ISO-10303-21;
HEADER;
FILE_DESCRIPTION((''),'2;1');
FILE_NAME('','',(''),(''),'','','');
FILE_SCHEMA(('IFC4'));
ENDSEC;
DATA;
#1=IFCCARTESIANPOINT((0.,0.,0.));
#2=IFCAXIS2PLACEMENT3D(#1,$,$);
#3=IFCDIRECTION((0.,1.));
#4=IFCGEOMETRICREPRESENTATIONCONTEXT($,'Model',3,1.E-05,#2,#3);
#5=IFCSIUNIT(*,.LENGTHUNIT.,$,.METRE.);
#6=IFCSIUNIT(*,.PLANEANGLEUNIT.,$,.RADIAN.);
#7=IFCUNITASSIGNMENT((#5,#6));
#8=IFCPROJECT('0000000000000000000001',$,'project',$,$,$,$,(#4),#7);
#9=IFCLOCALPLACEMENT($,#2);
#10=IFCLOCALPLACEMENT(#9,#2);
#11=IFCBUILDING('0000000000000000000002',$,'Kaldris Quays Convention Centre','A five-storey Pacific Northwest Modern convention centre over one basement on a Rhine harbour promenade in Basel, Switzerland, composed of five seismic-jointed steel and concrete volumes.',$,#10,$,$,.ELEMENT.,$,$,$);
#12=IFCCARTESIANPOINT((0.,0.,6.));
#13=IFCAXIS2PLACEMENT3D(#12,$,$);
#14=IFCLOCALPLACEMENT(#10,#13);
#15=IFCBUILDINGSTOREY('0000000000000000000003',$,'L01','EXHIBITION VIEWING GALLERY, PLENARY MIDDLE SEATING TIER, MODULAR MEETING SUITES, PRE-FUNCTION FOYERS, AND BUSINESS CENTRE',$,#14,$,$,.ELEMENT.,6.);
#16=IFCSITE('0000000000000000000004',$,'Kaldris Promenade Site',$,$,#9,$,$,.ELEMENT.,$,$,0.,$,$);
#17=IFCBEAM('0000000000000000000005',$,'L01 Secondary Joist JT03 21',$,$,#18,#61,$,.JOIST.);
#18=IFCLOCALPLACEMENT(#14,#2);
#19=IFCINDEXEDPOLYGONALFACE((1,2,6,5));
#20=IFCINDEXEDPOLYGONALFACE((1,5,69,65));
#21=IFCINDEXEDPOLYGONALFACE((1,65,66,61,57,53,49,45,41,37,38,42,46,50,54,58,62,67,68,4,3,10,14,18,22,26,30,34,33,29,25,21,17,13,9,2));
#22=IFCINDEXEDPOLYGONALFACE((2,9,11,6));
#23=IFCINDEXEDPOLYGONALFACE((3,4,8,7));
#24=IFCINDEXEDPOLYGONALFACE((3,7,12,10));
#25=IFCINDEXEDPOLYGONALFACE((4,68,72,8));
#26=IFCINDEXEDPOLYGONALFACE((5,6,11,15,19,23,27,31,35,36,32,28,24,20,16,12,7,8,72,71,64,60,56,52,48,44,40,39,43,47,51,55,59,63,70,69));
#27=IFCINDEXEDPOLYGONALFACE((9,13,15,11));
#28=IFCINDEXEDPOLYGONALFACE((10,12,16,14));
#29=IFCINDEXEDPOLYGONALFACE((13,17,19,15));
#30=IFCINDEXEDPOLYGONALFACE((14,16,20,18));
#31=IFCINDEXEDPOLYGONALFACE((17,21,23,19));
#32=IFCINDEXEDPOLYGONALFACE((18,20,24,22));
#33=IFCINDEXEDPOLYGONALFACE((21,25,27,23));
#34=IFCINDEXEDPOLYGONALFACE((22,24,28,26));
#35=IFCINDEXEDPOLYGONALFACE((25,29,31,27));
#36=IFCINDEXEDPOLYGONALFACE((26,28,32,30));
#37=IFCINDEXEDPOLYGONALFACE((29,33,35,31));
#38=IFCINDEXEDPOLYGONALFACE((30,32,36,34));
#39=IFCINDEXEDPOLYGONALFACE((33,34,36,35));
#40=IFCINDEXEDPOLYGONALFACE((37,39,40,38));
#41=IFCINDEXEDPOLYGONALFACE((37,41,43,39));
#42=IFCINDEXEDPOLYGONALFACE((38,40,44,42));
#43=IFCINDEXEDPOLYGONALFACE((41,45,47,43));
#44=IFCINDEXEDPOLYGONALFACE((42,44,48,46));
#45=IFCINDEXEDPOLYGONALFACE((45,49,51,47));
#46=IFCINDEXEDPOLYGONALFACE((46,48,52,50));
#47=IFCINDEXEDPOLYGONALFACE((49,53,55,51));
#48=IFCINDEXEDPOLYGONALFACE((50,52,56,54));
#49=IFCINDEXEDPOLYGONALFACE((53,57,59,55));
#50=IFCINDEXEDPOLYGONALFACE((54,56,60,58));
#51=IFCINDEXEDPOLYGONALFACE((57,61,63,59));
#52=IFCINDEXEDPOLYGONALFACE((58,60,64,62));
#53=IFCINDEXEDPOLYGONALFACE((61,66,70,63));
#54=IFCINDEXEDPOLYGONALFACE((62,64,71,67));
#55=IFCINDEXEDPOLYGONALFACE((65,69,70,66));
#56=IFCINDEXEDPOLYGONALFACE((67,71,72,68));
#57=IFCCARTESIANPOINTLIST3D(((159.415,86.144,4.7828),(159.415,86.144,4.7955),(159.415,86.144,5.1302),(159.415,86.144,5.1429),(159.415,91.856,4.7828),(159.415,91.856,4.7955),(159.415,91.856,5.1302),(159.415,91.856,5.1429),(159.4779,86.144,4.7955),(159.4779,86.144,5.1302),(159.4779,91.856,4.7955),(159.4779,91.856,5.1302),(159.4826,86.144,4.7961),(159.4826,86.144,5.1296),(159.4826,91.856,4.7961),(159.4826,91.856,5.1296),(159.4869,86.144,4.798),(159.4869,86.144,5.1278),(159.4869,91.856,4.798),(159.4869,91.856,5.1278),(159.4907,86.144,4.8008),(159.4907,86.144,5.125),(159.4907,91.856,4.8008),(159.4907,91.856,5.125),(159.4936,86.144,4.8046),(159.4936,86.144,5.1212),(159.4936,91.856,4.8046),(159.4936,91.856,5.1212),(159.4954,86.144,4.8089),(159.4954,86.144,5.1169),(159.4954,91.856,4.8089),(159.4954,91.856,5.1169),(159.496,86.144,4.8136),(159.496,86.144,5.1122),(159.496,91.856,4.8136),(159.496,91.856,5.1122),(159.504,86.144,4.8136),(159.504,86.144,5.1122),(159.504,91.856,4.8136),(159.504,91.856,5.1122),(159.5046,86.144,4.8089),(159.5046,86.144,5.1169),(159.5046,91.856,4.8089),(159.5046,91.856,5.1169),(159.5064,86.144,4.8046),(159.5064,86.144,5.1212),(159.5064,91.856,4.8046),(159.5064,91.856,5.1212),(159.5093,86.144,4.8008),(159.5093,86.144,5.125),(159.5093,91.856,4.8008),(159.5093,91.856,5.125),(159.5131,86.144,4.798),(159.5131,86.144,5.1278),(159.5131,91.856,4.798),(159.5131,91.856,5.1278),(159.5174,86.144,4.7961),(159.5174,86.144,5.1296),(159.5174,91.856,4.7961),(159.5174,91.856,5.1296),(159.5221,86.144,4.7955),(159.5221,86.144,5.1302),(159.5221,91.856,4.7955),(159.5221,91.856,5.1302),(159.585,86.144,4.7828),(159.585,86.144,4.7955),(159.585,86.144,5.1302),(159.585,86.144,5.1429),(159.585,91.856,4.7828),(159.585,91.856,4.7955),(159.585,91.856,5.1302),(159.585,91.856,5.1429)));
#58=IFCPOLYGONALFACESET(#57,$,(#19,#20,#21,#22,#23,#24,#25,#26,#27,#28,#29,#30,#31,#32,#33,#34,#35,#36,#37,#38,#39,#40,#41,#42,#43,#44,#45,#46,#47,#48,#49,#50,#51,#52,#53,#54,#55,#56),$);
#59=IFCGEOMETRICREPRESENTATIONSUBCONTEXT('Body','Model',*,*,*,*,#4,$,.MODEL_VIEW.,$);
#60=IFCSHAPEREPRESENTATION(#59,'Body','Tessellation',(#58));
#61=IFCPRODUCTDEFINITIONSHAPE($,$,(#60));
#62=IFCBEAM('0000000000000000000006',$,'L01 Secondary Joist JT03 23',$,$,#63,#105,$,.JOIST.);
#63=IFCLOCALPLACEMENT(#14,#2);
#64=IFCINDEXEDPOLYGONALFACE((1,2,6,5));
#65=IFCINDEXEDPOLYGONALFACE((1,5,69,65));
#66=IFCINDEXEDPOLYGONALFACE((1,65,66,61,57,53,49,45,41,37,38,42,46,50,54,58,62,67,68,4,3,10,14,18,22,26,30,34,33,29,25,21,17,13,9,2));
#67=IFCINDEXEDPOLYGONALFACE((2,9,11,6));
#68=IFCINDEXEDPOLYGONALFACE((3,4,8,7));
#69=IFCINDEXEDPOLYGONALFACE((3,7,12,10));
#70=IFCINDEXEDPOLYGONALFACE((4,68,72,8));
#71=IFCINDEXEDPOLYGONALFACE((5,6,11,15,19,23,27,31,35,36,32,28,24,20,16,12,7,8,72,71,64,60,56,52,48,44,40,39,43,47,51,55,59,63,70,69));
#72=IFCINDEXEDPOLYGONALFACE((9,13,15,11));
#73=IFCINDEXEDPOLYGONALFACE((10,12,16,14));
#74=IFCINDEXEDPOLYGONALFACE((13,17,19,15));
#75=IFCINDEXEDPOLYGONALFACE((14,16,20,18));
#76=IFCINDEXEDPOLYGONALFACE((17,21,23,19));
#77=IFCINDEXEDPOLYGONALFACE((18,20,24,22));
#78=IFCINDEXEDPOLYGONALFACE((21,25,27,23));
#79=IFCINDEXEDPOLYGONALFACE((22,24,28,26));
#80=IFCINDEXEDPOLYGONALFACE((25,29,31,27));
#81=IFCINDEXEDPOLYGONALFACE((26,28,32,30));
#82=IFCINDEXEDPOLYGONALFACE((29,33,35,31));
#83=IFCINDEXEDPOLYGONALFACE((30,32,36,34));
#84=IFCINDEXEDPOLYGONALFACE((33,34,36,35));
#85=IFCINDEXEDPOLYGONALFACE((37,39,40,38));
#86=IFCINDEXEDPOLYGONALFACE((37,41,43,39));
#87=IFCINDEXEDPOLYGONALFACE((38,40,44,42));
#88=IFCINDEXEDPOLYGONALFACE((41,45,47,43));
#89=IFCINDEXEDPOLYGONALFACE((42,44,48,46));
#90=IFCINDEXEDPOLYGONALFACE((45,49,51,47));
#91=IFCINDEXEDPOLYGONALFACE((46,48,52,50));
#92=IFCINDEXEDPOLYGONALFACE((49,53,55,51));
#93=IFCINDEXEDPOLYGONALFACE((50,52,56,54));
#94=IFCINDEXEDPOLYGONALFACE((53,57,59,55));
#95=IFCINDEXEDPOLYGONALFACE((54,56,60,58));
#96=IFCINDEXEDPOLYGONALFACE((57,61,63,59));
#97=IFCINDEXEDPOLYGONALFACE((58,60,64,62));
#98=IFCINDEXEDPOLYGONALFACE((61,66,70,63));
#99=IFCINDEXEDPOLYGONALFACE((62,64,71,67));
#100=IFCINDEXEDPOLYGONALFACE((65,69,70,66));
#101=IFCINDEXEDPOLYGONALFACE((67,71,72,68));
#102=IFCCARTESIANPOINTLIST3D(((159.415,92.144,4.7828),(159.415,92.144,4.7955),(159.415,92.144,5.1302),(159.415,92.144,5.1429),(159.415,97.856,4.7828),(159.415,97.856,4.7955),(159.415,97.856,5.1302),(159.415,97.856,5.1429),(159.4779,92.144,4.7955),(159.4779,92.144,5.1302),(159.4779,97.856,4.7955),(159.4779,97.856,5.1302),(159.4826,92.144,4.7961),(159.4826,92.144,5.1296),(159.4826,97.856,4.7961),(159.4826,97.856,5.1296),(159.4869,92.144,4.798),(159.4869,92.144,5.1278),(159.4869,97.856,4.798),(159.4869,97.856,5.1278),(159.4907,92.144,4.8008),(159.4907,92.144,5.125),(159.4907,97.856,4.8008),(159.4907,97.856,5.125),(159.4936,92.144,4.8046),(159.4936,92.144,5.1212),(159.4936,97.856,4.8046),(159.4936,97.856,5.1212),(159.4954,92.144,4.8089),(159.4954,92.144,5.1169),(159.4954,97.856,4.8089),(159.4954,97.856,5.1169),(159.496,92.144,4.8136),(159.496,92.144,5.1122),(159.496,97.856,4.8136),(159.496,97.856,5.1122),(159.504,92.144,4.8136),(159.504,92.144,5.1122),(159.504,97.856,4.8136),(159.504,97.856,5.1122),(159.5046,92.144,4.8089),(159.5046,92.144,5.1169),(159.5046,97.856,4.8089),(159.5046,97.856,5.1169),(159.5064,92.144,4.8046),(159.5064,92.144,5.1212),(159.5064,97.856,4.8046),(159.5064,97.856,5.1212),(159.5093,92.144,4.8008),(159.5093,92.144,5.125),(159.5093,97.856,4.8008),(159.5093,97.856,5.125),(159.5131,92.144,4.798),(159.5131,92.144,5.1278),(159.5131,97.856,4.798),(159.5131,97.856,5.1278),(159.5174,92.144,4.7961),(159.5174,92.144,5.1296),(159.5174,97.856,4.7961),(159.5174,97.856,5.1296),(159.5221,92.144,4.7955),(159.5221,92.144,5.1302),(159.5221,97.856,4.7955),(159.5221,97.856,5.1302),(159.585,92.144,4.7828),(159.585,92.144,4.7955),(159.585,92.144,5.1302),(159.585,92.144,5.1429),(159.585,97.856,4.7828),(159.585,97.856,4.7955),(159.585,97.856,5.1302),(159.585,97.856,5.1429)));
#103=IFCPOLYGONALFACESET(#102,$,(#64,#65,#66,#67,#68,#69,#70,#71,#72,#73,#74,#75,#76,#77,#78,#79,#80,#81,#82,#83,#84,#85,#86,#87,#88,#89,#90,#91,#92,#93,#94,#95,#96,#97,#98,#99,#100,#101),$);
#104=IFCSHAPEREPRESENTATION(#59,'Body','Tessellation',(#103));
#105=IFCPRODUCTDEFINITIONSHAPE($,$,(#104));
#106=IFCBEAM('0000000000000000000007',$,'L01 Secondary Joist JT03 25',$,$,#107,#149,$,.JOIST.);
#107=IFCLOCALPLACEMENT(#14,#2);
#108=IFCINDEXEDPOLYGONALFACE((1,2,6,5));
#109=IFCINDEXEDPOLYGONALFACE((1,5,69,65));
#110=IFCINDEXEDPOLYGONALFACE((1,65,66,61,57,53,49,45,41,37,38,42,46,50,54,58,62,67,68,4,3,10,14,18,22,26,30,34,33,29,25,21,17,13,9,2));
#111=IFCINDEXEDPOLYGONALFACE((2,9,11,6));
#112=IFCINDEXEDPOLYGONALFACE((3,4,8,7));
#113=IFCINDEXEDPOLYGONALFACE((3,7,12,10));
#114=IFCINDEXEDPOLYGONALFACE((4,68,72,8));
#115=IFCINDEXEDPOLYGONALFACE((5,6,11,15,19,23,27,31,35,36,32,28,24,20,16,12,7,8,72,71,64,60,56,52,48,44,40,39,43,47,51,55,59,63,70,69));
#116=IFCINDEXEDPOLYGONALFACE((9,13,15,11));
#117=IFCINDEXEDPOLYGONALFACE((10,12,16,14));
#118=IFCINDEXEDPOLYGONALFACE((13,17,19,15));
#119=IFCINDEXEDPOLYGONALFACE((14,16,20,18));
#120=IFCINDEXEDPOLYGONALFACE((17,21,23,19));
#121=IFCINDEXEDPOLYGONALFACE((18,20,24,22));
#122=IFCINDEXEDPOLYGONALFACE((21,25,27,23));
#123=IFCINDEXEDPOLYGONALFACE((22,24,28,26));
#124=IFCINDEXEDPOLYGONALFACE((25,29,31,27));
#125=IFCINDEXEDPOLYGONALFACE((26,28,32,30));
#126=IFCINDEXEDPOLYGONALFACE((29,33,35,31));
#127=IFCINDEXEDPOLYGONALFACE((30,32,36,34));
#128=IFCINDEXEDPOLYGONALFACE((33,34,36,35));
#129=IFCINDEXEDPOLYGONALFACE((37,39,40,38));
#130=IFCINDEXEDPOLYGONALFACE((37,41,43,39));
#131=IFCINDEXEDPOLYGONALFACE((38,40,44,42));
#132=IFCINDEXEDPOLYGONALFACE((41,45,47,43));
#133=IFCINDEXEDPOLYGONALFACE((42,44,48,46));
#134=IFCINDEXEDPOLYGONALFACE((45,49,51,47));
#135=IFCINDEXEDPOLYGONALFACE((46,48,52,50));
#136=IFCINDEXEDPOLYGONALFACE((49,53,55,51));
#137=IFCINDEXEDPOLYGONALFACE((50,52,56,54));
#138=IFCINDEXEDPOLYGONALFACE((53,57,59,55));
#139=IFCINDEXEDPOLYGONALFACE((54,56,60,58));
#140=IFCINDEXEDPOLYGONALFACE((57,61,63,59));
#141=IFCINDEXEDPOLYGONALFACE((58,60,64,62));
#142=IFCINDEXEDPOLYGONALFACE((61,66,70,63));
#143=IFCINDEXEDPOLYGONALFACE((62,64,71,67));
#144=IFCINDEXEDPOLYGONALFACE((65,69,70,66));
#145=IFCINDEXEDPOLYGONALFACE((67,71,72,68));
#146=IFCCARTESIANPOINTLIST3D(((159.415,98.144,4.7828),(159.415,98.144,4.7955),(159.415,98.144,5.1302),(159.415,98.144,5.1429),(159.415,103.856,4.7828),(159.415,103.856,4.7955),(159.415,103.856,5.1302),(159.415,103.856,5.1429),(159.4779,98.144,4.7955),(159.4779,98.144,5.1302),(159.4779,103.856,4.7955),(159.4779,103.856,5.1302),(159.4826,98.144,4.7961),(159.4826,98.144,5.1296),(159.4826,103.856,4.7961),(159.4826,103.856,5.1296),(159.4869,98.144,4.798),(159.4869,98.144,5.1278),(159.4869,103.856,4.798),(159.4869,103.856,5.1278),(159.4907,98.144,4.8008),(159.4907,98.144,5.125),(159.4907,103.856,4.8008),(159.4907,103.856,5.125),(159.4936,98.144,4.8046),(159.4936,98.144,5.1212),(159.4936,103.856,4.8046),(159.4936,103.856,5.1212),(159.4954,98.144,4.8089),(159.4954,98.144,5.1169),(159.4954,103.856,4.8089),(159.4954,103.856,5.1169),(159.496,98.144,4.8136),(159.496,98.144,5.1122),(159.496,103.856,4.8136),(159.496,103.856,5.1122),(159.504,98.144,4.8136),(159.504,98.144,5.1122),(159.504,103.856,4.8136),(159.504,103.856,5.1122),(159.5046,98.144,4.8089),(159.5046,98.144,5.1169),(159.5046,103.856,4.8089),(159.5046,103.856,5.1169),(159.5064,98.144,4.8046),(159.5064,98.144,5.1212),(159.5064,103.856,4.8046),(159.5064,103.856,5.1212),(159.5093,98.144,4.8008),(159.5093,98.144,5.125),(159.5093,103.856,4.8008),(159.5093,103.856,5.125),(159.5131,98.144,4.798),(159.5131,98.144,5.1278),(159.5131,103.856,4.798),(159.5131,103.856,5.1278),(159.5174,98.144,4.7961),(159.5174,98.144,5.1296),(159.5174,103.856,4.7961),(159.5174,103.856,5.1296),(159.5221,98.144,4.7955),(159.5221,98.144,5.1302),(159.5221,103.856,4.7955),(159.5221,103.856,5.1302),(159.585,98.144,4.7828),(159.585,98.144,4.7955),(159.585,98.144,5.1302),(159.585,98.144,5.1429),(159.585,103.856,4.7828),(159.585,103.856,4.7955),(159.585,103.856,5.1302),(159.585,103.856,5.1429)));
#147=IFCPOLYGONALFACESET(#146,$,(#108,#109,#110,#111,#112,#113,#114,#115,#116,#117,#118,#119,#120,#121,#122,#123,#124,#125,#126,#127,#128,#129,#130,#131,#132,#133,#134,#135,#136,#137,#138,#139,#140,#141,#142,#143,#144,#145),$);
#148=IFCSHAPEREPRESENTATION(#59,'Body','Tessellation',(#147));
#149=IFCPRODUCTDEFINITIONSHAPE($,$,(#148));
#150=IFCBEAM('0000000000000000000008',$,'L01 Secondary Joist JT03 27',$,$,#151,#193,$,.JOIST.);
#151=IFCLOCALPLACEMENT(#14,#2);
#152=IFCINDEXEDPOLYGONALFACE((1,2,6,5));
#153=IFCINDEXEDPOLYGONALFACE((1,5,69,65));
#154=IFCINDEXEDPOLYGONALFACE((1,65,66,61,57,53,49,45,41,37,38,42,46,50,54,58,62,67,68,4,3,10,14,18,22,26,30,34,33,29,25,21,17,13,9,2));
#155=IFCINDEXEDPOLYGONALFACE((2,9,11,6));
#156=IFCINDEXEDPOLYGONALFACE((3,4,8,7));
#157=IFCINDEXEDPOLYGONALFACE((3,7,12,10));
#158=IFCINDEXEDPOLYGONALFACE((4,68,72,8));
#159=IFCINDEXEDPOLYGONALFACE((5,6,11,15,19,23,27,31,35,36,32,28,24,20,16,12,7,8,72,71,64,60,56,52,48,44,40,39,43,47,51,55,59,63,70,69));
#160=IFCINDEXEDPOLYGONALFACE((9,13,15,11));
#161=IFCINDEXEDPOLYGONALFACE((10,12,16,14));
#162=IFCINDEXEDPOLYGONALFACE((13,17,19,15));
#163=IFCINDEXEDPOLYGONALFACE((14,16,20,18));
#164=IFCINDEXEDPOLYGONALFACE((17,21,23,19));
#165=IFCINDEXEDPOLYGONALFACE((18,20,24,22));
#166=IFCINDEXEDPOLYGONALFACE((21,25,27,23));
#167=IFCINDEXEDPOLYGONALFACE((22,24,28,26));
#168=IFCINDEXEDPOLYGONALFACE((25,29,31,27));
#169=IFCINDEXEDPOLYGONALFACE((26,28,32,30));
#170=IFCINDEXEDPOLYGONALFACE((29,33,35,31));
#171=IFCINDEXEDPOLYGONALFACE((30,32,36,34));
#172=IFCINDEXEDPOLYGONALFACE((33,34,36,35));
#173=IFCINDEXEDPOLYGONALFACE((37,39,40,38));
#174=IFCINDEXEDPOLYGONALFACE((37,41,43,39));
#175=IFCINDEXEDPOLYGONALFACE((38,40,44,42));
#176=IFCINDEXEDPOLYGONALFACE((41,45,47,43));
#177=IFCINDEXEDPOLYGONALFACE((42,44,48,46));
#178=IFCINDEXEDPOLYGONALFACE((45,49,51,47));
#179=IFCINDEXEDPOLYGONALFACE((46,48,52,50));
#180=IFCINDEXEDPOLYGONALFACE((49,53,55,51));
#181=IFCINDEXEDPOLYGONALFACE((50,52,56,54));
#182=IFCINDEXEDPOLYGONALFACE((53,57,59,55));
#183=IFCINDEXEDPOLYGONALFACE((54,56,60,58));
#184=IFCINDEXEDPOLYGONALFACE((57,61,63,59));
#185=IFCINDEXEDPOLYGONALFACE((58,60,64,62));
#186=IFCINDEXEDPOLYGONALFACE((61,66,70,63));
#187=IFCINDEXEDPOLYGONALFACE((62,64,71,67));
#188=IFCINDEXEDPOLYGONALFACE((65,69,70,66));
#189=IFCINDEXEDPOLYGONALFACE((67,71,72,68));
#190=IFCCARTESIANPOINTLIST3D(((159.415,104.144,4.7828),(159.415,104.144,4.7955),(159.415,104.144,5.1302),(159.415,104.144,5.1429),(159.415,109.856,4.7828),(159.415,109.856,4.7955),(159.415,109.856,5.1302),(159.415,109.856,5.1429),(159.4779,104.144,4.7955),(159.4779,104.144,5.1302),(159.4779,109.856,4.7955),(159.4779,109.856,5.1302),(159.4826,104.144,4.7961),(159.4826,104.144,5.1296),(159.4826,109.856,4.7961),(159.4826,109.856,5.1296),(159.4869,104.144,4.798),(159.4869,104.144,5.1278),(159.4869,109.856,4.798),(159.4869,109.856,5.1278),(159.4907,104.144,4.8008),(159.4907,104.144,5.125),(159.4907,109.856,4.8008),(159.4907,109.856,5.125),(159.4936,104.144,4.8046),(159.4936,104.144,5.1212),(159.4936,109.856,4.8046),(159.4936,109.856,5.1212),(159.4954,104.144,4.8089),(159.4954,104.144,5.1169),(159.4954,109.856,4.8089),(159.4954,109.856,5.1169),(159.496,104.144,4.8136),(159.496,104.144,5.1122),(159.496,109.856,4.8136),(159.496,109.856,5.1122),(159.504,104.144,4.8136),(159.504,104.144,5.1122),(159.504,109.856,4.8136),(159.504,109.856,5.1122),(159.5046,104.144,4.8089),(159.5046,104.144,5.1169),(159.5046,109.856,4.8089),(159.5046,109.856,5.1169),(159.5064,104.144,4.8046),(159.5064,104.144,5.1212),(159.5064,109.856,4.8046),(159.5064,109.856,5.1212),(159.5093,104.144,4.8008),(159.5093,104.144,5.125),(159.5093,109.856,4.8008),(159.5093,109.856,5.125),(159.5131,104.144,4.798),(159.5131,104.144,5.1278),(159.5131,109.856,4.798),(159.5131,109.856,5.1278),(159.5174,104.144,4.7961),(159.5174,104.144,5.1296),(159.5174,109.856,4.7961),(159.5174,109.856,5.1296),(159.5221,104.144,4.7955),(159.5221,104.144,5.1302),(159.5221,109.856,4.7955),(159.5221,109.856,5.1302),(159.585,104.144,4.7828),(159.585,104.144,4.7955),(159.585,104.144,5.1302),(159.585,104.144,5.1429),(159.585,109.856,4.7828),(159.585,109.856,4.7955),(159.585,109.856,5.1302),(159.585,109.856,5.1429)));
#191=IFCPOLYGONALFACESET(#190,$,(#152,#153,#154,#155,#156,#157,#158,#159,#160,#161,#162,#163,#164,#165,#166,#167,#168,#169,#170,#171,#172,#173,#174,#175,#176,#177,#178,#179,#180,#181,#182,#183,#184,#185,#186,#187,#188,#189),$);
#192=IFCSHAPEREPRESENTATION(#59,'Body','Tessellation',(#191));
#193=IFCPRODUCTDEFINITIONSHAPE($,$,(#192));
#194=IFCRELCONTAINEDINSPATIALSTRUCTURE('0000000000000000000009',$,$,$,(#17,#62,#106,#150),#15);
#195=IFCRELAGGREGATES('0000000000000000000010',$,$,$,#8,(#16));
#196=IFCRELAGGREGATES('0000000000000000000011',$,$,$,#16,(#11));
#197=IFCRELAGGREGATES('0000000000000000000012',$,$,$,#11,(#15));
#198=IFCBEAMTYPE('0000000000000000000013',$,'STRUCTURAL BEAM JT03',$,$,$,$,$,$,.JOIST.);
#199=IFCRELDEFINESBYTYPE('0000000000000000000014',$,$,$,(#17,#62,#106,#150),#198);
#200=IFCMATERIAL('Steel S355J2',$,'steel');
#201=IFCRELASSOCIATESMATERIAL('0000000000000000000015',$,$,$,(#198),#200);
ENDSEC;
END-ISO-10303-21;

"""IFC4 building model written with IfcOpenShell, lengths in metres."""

from ifc_helpers import new_model, si_unit, direction, frame, origin, origin_2d, place, context, subcontext, project, spatial, i_section, extrude, material, material_profile, profile_set, type_object, element, save


model = new_model("IFC4")

# Units and contexts
model_context = context("Model", 3, precision=1e-05, world=origin(), true_north=direction((0.0, 1.0)))
body_context = subcontext(model_context, "Body", "Model", "MODEL_VIEW")
ifc_project = project(units=[si_unit("LENGTHUNIT", "METRE"), si_unit("PLANEANGLEUNIT", "RADIAN")], contexts=[model_context])

# Site, building, storey
site_placement = place(None, origin())
site = spatial("IfcSite", under=ifc_project, at=site_placement, Name="Kaldris Promenade Site", CompositionType="ELEMENT", RefElevation=0.0)
building_placement = place(site_placement, origin())
building = spatial("IfcBuilding", under=site, at=building_placement, Name="Kaldris Quays Convention Centre", Description="A five-storey Pacific Northwest Modern convention centre over one basement on a Rhine harbour promenade in Basel, Switzerland, composed of five seismic-jointed steel and concrete volumes.", CompositionType="ELEMENT")
storey_placement = place(building_placement, frame((0.0, 0.0, 6.0)))
storey = spatial("IfcBuildingStorey", under=building, at=storey_placement, Name="L01", Description="EXHIBITION VIEWING GALLERY, PLENARY MIDDLE SEATING TIER, MODULAR MEETING SUITES, PRE-FUNCTION FOYERS, AND BUSINESS CENTRE", CompositionType="ELEMENT", Elevation=6.0)

# Shared definitions
ifc_material_1 = material(Name="Steel S355J2", Category="steel")

# Beams
ifc_material_profile_1 = material_profile(ifc_material_1, i_section(OverallWidth=0.1699, OverallDepth=0.3601, WebThickness=0.0081, FlangeThickness=0.0127, FilletRadius=0.0181, at=origin_2d()), Name="IPE 360")
ifc_profile_set_1 = profile_set([ifc_material_profile_1], Name="Steel S355J2")
beam_type_1 = type_object("IfcBeamType", Name="STRUCTURAL BEAM JT03", PredefinedType="JOIST", material=ifc_profile_set_1)
for number, where, z_axis, x_axis, name in (
    (1, (159.5, 86.144, 4.9629), (0.0, 1.0, 0.0), (-1.0, 0.0, 0.0), "L01 Secondary Joist JT03 21"),
    (2, (159.5, 92.144, 4.9629), (0.0, 1.0, 0.0), (-1.0, 0.0, 0.0), "L01 Secondary Joist JT03 23"),
    (3, (159.5, 98.144, 4.9629), (0.0, 1.0, 0.0), (-1.0, 0.0, 0.0), "L01 Secondary Joist JT03 25"),
    (4, (159.5, 104.144, 4.9629), (0.0, 1.0, 0.0), (-1.0, 0.0, 0.0), "L01 Secondary Joist JT03 27"),
):
    element("IfcBeam", number, at=place(storey_placement, frame(where, z_axis=z_axis, x_axis=x_axis)), inside=storey, type_object=beam_type_1, Name=name, PredefinedType="JOIST", context=body_context, shape_type="SweptSolid", body=[
        extrude(i_section(OverallWidth=0.1699, OverallDepth=0.3601, WebThickness=0.0081, FlangeThickness=0.0127, FilletRadius=0.0181, at=origin_2d()), origin(), (0.0, 0.0, 1.0), 5.7119),
    ])

save(model, "model.ifc")
